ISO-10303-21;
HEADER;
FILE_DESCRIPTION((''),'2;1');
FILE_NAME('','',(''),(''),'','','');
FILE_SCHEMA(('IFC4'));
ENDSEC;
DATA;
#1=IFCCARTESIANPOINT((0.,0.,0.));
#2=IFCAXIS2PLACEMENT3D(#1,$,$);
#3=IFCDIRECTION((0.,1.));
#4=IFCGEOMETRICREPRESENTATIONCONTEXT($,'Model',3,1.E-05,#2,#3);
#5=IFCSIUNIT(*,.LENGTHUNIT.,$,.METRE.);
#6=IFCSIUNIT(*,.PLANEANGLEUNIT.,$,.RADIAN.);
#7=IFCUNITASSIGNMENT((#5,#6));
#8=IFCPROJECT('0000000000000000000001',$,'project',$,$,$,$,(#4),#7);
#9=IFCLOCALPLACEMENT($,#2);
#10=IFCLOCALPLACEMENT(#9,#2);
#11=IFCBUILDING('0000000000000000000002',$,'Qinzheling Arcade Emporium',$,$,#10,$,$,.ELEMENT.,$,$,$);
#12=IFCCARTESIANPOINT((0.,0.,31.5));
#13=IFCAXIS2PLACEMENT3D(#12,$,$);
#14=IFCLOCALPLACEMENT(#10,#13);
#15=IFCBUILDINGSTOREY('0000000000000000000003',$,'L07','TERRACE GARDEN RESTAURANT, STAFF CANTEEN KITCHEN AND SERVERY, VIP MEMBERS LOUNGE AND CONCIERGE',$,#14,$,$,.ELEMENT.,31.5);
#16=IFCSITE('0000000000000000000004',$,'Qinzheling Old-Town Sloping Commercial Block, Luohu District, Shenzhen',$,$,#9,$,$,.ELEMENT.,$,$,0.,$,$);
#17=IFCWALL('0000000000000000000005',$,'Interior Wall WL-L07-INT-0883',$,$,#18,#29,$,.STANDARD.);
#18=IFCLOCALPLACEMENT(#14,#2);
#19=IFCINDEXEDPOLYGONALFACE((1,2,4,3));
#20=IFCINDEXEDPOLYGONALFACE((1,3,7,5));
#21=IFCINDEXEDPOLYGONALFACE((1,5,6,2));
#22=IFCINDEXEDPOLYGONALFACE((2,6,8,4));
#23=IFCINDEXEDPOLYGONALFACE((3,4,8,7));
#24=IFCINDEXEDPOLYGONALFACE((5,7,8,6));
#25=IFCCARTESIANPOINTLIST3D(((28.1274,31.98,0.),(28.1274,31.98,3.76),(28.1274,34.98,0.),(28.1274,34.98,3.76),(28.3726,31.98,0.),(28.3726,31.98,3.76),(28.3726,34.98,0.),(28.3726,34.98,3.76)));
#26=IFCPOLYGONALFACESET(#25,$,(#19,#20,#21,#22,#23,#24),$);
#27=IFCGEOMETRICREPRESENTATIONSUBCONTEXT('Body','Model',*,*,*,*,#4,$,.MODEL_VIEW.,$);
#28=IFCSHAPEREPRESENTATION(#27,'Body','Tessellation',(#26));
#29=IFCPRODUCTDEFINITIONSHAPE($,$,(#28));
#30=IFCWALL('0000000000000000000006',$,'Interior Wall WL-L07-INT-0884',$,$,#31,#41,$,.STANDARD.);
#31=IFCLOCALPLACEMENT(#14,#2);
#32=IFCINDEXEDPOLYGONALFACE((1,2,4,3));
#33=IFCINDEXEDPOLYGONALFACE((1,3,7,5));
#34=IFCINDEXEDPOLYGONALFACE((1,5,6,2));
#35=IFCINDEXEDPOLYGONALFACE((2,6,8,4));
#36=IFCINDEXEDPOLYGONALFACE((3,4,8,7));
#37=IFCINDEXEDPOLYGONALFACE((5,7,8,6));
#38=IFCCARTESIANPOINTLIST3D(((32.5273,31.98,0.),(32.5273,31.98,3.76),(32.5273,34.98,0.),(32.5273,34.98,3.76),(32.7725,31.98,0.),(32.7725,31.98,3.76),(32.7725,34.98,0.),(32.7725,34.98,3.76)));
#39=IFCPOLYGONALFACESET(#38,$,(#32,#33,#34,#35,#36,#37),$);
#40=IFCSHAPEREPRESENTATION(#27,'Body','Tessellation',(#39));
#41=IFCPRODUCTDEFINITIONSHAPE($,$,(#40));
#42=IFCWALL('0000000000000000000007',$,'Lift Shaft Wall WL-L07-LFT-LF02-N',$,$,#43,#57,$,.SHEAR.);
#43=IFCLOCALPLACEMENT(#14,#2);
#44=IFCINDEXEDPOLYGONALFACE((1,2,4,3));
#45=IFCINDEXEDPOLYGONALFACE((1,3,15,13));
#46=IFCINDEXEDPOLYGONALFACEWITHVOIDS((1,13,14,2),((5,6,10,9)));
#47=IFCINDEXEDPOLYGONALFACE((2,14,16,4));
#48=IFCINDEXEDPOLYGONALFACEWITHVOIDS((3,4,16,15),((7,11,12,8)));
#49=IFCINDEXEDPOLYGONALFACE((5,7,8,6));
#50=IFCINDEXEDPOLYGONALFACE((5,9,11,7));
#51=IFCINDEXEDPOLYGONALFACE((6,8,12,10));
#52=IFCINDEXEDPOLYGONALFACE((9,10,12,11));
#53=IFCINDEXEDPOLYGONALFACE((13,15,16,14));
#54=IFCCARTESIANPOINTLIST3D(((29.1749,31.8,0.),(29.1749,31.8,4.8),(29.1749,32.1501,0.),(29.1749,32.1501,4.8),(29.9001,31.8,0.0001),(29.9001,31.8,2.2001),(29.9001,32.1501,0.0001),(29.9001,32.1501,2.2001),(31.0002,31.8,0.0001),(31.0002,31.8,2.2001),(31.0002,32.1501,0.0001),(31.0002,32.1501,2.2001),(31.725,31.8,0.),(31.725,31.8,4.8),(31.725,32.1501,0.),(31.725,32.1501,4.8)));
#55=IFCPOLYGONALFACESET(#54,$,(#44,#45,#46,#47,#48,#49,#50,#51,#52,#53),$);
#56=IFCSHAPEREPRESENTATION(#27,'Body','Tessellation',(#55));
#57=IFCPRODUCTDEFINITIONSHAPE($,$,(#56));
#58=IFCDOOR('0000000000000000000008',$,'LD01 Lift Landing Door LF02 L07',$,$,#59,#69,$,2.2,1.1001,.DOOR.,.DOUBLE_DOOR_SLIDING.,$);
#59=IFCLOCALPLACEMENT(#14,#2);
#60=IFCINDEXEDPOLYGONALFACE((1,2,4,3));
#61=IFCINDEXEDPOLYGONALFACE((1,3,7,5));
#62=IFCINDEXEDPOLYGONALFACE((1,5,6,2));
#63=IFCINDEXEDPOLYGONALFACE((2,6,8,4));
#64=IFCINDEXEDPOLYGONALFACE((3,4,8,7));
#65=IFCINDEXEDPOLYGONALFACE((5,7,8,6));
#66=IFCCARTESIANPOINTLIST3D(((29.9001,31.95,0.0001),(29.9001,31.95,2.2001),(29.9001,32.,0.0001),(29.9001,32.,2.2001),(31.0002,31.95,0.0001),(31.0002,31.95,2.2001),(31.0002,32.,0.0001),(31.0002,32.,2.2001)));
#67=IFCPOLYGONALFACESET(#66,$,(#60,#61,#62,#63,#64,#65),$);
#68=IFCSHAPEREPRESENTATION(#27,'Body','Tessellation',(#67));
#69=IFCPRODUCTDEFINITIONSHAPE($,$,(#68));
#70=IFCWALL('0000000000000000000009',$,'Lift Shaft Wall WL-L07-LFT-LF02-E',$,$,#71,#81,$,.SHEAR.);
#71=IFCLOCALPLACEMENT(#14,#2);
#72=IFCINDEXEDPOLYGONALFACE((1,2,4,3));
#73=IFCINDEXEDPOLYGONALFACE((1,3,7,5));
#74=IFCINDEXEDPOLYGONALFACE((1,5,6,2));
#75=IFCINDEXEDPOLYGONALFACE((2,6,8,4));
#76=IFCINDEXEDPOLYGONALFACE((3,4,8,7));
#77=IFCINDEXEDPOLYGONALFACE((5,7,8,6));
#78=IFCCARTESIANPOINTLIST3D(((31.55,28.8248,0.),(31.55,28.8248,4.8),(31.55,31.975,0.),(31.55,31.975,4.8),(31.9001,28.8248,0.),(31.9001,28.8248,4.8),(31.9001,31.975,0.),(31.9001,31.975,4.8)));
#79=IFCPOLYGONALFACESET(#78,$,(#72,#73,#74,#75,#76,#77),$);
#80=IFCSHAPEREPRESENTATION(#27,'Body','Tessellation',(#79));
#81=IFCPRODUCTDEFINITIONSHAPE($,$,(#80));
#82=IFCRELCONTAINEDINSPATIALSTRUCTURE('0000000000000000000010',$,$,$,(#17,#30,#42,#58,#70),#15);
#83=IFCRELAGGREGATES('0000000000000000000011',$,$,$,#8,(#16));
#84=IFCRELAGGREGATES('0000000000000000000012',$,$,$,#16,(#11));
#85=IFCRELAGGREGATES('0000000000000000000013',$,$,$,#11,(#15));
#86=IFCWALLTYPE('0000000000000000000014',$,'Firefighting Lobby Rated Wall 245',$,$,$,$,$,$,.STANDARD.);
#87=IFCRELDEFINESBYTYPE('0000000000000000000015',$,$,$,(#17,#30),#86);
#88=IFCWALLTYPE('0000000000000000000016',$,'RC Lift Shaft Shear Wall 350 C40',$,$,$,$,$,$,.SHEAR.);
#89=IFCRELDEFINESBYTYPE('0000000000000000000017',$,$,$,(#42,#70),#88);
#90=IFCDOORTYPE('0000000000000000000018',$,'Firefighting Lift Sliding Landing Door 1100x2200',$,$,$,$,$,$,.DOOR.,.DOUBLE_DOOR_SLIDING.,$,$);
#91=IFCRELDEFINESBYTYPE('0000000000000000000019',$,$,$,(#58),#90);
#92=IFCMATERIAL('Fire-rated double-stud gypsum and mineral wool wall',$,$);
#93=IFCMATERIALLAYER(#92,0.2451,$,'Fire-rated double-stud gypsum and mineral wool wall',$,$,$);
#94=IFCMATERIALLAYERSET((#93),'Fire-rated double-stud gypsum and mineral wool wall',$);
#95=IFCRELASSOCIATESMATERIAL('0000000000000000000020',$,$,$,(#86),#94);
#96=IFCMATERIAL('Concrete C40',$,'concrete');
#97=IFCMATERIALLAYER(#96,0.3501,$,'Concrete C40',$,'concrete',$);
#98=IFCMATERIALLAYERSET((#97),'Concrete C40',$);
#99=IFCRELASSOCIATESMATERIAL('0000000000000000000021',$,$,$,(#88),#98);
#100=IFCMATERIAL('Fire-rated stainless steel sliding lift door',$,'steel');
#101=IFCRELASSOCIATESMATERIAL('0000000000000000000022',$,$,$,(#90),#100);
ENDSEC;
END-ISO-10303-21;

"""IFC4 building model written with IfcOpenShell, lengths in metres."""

from ifc_helpers import new_model, si_unit, direction, frame, frame_2d, origin, place, context, subcontext, project, spatial, rectangle, extrude, material, layer, layer_set, type_object, element, fill, save


model = new_model("IFC4")

# Units and contexts
model_context = context("Model", 3, precision=1e-05, world=origin(), true_north=direction((0.0, 1.0)))
body_context = subcontext(model_context, "Body", "Model", "MODEL_VIEW")
ifc_project = project(units=[si_unit("LENGTHUNIT", "METRE"), si_unit("PLANEANGLEUNIT", "RADIAN")], contexts=[model_context])

# Site, building, storey
site_placement = place(None, origin())
site = spatial("IfcSite", under=ifc_project, at=site_placement, Name="Qinzheling Old-Town Sloping Commercial Block, Luohu District, Shenzhen", CompositionType="ELEMENT", RefElevation=0.0)
building_placement = place(site_placement, origin())
building = spatial("IfcBuilding", under=site, at=building_placement, Name="Qinzheling Arcade Emporium", CompositionType="ELEMENT")
storey_placement = place(building_placement, frame((0.0, 0.0, 31.5)))
storey = spatial("IfcBuildingStorey", under=building, at=storey_placement, Name="L07", Description="TERRACE GARDEN RESTAURANT, STAFF CANTEEN KITCHEN AND SERVERY, VIP MEMBERS LOUNGE AND CONCIERGE", CompositionType="ELEMENT", Elevation=31.5)

# Shared definitions
ifc_material_1 = material(Name="Concrete C40", Category="concrete")

# Shared definitions
ifc_material_2 = material(Name="Fire-rated double-stud gypsum and mineral wool wall")
ifc_layer_1 = layer(ifc_material_2, 0.2451, Name="Fire-rated double-stud gypsum and mineral wool wall")
ifc_layer_set_1 = layer_set([ifc_layer_1], Name="Fire-rated double-stud gypsum and mineral wool wall")
wall_type_1 = type_object("IfcWallType", Name="Firefighting Lobby Rated Wall 245", PredefinedType="STANDARD", material=ifc_layer_set_1)

# Walls
for number, where, z_axis, x_axis, name in (
    (1, (28.25, 31.98, 0.0), (0.0, 0.0, 1.0), (0.0, 1.0, 0.0), "Interior Wall WL-L07-INT-0883"),
    (2, (32.6499, 34.98, 0.0), (0.0, 0.0, 1.0), (0.0, -1.0, 0.0), "Interior Wall WL-L07-INT-0884"),
):
    element("IfcWall", number, at=place(storey_placement, frame(where, z_axis=z_axis, x_axis=x_axis)), inside=storey, type_object=wall_type_1, Name=name, PredefinedType="STANDARD", context=body_context, shape_type="SweptSolid", body=[
        extrude(rectangle(XDim=3.0, YDim=0.2451, at=frame_2d((1.5, 0.0))), origin(), (0.0, 0.0, 1.0), 3.76),
    ])

# Wall, opening, door
ifc_layer_2 = layer(ifc_material_1, 0.3501, Name="Concrete C40", Category="concrete")
ifc_layer_set_2 = layer_set([ifc_layer_2], Name="Concrete C40")
wall_type_2 = type_object("IfcWallType", Name="RC Lift Shaft Shear Wall 350 C40", PredefinedType="SHEAR", material=ifc_layer_set_2)
wall_1_placement = place(storey_placement, frame((29.175, 31.9751, 0.0), z_axis=(0.0, 0.0, 1.0), x_axis=(1.0, 0.0, 0.0)))
wall_1 = element("IfcWall", 3, at=wall_1_placement, inside=storey, type_object=wall_type_2, Name="Lift Shaft Wall WL-L07-LFT-LF02-N", PredefinedType="SHEAR", context=body_context, shape_type="SweptSolid", body=[
    extrude(rectangle(XDim=2.55, YDim=0.3501, at=frame_2d((1.2749, 0.0))), origin(), (0.0, 0.0, 1.0), 4.8),
])
opening_1_placement = place(wall_1_placement, frame((0.7251, 0.0, 0.0)))
opening_1 = element("IfcOpeningElement", 4, at=opening_1_placement, cuts=wall_1, PredefinedType="OPENING", context=body_context, shape_type="SweptSolid", body=[
    extrude(rectangle(XDim=1.1001, YDim=2.2, at=frame_2d((0.55, 1.1001))), frame((0.0, 0.1851, 0.0), z_axis=(0.0, -1.0, 0.0), x_axis=(1.0, 0.0, 0.0)), (0.0, 0.0, 1.0), 0.3701),
])
ifc_material_3 = material(Name="Fire-rated stainless steel sliding lift door", Category="steel")
door_type_1 = type_object("IfcDoorType", Name="Firefighting Lift Sliding Landing Door 1100x2200", OperationType="DOUBLE_DOOR_SLIDING", PredefinedType="DOOR", material=ifc_material_3)
door_1_placement = place(opening_1_placement, origin())
door_1 = element("IfcDoor", 5, at=door_1_placement, inside=storey, type_object=door_type_1, Name="LD01 Lift Landing Door LF02 L07", OperationType="DOUBLE_DOOR_SLIDING", OverallHeight=2.2, OverallWidth=1.1001, PredefinedType="DOOR", context=body_context, shape_type="SweptSolid", body=[
    extrude(rectangle(XDim=1.1001, YDim=2.2, at=frame_2d((0.55, 1.1001))), frame((0.0, 0.0249, 0.0), z_axis=(0.0, -1.0, 0.0), x_axis=(1.0, 0.0, 0.0)), (0.0, 0.0, 1.0), 0.05),
])
fill(opening_1, door_1)

# Wall
wall_2_placement = place(storey_placement, frame((31.7251, 31.9751, 0.0), z_axis=(0.0, 0.0, 1.0), x_axis=(0.0, -1.0, 0.0)))
element("IfcWall", 6, at=wall_2_placement, inside=storey, type_object=wall_type_2, Name="Lift Shaft Wall WL-L07-LFT-LF02-E", PredefinedType="SHEAR", context=body_context, shape_type="SweptSolid", body=[
    extrude(rectangle(XDim=3.1501, YDim=0.3501, at=frame_2d((1.5752, 0.0))), origin(), (0.0, 0.0, 1.0), 4.8),
])

save(model, "model.ifc")
